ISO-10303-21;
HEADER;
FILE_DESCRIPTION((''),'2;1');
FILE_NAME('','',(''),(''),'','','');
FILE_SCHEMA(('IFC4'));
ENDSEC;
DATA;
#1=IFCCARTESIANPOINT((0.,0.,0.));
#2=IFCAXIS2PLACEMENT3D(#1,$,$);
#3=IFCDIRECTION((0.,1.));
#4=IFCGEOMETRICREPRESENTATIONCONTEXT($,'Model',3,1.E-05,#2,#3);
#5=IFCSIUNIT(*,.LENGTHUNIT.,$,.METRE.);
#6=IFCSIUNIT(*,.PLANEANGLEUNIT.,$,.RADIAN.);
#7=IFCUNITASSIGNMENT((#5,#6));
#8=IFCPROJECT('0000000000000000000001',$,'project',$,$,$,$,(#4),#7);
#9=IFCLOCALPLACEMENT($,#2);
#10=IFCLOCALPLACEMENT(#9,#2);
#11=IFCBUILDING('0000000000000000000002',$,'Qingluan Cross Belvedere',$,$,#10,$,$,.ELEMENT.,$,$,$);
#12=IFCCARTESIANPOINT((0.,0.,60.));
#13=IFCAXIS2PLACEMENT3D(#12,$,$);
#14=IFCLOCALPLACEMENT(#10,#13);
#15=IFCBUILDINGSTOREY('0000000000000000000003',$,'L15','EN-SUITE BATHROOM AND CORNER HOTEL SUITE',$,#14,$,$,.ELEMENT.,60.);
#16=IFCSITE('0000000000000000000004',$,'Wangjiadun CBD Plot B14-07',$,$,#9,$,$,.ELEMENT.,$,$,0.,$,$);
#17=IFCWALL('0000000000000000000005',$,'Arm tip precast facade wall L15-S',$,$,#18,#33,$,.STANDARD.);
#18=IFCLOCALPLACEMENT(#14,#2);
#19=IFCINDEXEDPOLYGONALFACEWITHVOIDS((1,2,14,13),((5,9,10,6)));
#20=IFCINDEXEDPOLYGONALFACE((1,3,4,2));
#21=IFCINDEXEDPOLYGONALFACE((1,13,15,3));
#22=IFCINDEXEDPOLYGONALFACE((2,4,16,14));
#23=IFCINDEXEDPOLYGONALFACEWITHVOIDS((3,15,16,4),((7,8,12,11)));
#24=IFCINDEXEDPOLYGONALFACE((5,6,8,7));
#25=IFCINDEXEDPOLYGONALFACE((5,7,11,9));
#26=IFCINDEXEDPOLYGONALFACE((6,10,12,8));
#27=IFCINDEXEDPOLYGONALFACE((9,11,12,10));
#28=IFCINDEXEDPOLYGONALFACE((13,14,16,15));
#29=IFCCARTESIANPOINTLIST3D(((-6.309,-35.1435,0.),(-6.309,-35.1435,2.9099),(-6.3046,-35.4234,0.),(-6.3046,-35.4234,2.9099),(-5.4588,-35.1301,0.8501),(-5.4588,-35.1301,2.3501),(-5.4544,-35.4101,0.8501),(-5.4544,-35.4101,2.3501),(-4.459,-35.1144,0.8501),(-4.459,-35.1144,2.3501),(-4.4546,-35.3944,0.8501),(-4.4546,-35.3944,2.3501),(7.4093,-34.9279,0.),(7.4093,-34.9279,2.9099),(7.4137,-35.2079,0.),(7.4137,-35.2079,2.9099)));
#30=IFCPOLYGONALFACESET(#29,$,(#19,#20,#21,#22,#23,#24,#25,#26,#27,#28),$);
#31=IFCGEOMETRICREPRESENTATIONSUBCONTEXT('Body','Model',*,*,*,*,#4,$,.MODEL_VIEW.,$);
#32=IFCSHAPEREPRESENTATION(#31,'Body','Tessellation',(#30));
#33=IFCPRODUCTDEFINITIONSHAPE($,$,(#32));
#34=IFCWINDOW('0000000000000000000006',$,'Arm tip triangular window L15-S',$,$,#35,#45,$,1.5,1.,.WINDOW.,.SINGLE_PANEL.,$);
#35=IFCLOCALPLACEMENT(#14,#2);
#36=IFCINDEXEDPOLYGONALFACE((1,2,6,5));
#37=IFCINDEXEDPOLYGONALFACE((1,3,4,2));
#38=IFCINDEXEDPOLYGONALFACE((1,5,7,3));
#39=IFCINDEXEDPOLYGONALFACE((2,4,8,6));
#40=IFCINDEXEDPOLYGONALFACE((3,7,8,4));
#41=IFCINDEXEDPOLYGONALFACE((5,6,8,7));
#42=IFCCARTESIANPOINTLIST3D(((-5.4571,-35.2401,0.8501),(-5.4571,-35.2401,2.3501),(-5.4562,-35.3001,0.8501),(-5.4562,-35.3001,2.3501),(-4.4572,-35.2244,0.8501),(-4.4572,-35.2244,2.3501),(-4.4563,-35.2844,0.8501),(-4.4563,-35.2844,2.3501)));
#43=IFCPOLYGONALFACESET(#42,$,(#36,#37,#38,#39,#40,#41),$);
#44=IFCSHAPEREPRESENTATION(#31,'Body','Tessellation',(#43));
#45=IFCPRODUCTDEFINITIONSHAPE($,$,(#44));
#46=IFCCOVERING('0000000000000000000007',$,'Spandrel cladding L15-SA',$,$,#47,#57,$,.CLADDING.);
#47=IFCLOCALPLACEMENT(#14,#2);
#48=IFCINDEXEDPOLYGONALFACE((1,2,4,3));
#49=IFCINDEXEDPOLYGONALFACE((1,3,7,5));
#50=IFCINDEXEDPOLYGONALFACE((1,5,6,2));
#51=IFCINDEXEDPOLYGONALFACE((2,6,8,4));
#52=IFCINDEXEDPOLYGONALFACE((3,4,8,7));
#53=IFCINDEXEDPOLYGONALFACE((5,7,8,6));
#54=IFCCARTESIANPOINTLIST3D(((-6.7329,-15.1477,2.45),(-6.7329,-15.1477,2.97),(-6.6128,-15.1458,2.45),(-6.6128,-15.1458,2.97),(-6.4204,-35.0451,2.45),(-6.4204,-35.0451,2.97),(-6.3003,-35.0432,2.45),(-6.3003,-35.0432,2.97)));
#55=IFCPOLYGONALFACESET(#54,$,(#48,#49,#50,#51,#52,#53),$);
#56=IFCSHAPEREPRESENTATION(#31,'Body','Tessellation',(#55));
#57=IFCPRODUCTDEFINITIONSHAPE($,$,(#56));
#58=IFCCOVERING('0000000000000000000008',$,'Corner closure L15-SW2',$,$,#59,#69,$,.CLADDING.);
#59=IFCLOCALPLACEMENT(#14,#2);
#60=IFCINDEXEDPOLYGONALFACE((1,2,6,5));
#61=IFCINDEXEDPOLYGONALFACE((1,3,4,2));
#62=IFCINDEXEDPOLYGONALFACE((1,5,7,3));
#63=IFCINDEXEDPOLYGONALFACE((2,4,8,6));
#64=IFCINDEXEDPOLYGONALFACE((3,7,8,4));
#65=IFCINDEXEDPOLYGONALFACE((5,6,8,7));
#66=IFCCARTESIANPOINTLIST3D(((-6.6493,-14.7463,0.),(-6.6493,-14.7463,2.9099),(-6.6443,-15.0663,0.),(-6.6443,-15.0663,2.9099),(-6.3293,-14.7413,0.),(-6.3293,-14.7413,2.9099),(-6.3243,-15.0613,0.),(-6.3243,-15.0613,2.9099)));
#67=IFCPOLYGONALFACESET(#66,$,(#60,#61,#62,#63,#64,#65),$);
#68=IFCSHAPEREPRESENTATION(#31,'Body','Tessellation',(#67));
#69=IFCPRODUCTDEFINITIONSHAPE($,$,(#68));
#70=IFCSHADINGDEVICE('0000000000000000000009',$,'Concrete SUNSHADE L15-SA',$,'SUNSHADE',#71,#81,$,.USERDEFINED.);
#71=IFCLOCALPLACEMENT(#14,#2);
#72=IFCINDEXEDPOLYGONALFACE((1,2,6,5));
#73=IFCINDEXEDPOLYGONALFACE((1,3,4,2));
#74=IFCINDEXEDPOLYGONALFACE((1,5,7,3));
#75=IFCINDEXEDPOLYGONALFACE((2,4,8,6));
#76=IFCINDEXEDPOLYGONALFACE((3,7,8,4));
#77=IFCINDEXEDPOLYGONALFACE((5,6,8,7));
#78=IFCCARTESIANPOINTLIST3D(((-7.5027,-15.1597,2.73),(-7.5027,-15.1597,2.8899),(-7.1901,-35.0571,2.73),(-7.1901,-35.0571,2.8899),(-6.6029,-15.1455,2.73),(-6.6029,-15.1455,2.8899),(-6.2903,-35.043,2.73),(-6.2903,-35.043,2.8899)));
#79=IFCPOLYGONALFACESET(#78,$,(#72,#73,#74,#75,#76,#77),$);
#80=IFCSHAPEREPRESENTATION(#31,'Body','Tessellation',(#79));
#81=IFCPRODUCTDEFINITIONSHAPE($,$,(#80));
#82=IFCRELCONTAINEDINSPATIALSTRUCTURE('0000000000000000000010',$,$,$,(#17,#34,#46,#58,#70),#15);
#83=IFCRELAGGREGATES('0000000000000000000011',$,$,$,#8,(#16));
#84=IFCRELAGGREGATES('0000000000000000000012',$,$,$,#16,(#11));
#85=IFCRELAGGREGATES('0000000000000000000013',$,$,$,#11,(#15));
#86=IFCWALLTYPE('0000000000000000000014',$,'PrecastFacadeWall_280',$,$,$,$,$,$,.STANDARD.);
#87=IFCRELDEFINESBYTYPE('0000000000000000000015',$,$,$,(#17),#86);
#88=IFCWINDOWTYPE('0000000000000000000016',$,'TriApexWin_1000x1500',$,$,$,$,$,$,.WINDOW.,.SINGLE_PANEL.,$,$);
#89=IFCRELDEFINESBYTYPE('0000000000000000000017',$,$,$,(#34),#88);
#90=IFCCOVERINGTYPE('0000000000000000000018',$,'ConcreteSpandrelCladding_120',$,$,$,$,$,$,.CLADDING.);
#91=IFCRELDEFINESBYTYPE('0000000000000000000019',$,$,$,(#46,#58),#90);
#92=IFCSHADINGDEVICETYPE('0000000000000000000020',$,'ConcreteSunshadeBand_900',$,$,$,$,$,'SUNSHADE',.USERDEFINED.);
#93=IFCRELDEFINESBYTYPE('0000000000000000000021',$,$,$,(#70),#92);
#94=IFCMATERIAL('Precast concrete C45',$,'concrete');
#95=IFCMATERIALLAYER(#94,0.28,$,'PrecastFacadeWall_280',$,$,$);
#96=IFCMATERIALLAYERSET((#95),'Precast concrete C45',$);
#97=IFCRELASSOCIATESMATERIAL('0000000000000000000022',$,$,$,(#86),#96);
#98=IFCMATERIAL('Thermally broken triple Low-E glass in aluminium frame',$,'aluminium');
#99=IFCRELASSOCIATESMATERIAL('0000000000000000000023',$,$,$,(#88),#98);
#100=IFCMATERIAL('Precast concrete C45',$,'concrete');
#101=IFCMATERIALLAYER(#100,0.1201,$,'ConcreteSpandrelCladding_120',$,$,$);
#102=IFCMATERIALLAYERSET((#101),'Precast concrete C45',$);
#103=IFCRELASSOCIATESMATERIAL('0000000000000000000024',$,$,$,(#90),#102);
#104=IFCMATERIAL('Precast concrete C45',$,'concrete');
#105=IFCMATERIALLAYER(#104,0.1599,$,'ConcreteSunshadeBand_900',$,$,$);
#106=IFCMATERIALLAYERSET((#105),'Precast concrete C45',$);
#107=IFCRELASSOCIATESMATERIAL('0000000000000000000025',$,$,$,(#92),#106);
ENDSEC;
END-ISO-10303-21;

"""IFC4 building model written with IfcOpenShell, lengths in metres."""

from ifc_helpers import new_model, si_unit, direction, frame, frame_2d, origin, origin_2d, place, context, subcontext, project, spatial, rectangle, extrude, material, layer, layer_set, type_object, element, fill, save


model = new_model("IFC4")

# Units and contexts
model_context = context("Model", 3, precision=1e-05, world=origin(), true_north=direction((0.0, 1.0)))
body_context = subcontext(model_context, "Body", "Model", "MODEL_VIEW")
ifc_project = project(units=[si_unit("LENGTHUNIT", "METRE"), si_unit("PLANEANGLEUNIT", "RADIAN")], contexts=[model_context])

# Site, building, storey
site_placement = place(None, origin())
site = spatial("IfcSite", under=ifc_project, at=site_placement, Name="Wangjiadun CBD Plot B14-07", CompositionType="ELEMENT", RefElevation=0.0)
building_placement = place(site_placement, origin())
building = spatial("IfcBuilding", under=site, at=building_placement, Name="Qingluan Cross Belvedere", CompositionType="ELEMENT")
storey_placement = place(building_placement, frame((0.0, 0.0, 60.0)))
storey = spatial("IfcBuildingStorey", under=building, at=storey_placement, Name="L15", Description="EN-SUITE BATHROOM AND CORNER HOTEL SUITE", CompositionType="ELEMENT", Elevation=60.0)

# Shared definitions
ifc_material_1 = material(Name="Precast concrete C45", Category="concrete")
ifc_layer_1 = layer(ifc_material_1, 0.28, Name="PrecastFacadeWall_280")
ifc_layer_set_1 = layer_set([ifc_layer_1], Name="Precast concrete C45")
wall_type_1 = type_object("IfcWallType", Name="PrecastFacadeWall_280", PredefinedType="STANDARD", material=ifc_layer_set_1)

# Wall, opening, window
wall_1_placement = place(storey_placement, frame((-6.3066, -35.2834, 0.0), z_axis=(0.0, 0.0, 1.0), x_axis=(0.999877, 0.015713, 0.0)))
wall_1 = element("IfcWall", 1, at=wall_1_placement, inside=storey, type_object=wall_type_1, Name="Arm tip precast facade wall L15-S", PredefinedType="STANDARD", context=body_context, shape_type="SweptSolid", body=[
    extrude(rectangle(XDim=13.72, YDim=0.28, at=frame_2d((6.8599, 0.0))), origin(), (0.0, 0.0, 1.0), 2.9099),
])
opening_1_placement = place(wall_1_placement, frame((0.8501, 0.0, 0.8501)))
opening_1 = element("IfcOpeningElement", 2, at=opening_1_placement, cuts=wall_1, PredefinedType="OPENING", context=body_context, shape_type="SweptSolid", body=[
    extrude(rectangle(XDim=1.0, YDim=1.5, at=frame_2d((0.5, 0.75))), frame((0.0, 0.1499, 0.0), z_axis=(0.0, -1.0, 0.0), x_axis=(1.0, 0.0, 0.0)), (0.0, 0.0, 1.0), 0.3),
])
ifc_material_2 = material(Name="Thermally broken triple Low-E glass in aluminium frame", Category="aluminium")
window_type_1 = type_object("IfcWindowType", Name="TriApexWin_1000x1500", PartitioningType="SINGLE_PANEL", PredefinedType="WINDOW", material=ifc_material_2)
window_1_placement = place(opening_1_placement, origin())
window_1 = element("IfcWindow", 3, at=window_1_placement, inside=storey, type_object=window_type_1, Name="Arm tip triangular window L15-S", OverallHeight=1.5, OverallWidth=1.0, PartitioningType="SINGLE_PANEL", PredefinedType="WINDOW", context=body_context, shape_type="SweptSolid", body=[
    extrude(rectangle(XDim=1.0, YDim=1.5, at=frame_2d((0.5, 0.75))), frame((0.0, 0.03, 0.0), z_axis=(0.0, -1.0, 0.0), x_axis=(1.0, 0.0, 0.0)), (0.0, 0.0, 1.0), 0.0601),
])
fill(opening_1, window_1)

# Coverings
ifc_material_3 = material(Name="Precast concrete C45", Category="concrete")
ifc_layer_2 = layer(ifc_material_3, 0.1201, Name="ConcreteSpandrelCladding_120")
ifc_layer_set_2 = layer_set([ifc_layer_2], Name="Precast concrete C45")
covering_type = type_object("IfcCoveringType", Name="ConcreteSpandrelCladding_120", PredefinedType="CLADDING", material=ifc_layer_set_2)
covering_1_placement = place(storey_placement, frame((-6.5166, -25.0955, 2.45), z_axis=(0.0, 0.0, 1.0), x_axis=(0.015706, -0.999877, 0.0)))
element("IfcCovering", 4, at=covering_1_placement, inside=storey, type_object=covering_type, Name="Spandrel cladding L15-SA", PredefinedType="CLADDING", context=body_context, shape_type="SweptSolid", body=[
    extrude(rectangle(XDim=19.8999, YDim=0.1201, at=origin_2d()), origin(), (0.0, 0.0, 1.0), 0.52),
])
covering_2_placement = place(storey_placement, frame((-6.4868, -14.9038, 0.0), z_axis=(0.0, 0.0, 1.0), x_axis=(0.999877, 0.015707, 0.0)))
element("IfcCovering", 5, at=covering_2_placement, inside=storey, type_object=covering_type, Name="Corner closure L15-SW2", PredefinedType="CLADDING", context=body_context, shape_type="SweptSolid", body=[
    extrude(rectangle(XDim=0.3201, YDim=0.3201, at=origin_2d()), origin(), (0.0, 0.0, 1.0), 2.9099),
])

# Shading device
ifc_material_4 = material(Name="Precast concrete C45", Category="concrete")
ifc_layer_3 = layer(ifc_material_4, 0.1599, Name="ConcreteSunshadeBand_900")
ifc_layer_set_3 = layer_set([ifc_layer_3], Name="Precast concrete C45")
shading_device_type = type_object("IfcShadingDeviceType", Name="ConcreteSunshadeBand_900", ElementType="SUNSHADE", PredefinedType="USERDEFINED", material=ifc_layer_set_3)
shading_device_placement = place(storey_placement, frame((-6.8965, -25.1013, 2.73), z_axis=(0.0, 0.0, 1.0), x_axis=(0.015706, -0.999877, 0.0)))
element("IfcShadingDevice", 6, at=shading_device_placement, inside=storey, type_object=shading_device_type, Name="Concrete SUNSHADE L15-SA", ObjectType="SUNSHADE", PredefinedType="USERDEFINED", context=body_context, shape_type="SweptSolid", body=[
    extrude(rectangle(XDim=19.8999, YDim=0.8999, at=origin_2d()), origin(), (0.0, 0.0, 1.0), 0.1599),
])

save(model, "model.ifc")
